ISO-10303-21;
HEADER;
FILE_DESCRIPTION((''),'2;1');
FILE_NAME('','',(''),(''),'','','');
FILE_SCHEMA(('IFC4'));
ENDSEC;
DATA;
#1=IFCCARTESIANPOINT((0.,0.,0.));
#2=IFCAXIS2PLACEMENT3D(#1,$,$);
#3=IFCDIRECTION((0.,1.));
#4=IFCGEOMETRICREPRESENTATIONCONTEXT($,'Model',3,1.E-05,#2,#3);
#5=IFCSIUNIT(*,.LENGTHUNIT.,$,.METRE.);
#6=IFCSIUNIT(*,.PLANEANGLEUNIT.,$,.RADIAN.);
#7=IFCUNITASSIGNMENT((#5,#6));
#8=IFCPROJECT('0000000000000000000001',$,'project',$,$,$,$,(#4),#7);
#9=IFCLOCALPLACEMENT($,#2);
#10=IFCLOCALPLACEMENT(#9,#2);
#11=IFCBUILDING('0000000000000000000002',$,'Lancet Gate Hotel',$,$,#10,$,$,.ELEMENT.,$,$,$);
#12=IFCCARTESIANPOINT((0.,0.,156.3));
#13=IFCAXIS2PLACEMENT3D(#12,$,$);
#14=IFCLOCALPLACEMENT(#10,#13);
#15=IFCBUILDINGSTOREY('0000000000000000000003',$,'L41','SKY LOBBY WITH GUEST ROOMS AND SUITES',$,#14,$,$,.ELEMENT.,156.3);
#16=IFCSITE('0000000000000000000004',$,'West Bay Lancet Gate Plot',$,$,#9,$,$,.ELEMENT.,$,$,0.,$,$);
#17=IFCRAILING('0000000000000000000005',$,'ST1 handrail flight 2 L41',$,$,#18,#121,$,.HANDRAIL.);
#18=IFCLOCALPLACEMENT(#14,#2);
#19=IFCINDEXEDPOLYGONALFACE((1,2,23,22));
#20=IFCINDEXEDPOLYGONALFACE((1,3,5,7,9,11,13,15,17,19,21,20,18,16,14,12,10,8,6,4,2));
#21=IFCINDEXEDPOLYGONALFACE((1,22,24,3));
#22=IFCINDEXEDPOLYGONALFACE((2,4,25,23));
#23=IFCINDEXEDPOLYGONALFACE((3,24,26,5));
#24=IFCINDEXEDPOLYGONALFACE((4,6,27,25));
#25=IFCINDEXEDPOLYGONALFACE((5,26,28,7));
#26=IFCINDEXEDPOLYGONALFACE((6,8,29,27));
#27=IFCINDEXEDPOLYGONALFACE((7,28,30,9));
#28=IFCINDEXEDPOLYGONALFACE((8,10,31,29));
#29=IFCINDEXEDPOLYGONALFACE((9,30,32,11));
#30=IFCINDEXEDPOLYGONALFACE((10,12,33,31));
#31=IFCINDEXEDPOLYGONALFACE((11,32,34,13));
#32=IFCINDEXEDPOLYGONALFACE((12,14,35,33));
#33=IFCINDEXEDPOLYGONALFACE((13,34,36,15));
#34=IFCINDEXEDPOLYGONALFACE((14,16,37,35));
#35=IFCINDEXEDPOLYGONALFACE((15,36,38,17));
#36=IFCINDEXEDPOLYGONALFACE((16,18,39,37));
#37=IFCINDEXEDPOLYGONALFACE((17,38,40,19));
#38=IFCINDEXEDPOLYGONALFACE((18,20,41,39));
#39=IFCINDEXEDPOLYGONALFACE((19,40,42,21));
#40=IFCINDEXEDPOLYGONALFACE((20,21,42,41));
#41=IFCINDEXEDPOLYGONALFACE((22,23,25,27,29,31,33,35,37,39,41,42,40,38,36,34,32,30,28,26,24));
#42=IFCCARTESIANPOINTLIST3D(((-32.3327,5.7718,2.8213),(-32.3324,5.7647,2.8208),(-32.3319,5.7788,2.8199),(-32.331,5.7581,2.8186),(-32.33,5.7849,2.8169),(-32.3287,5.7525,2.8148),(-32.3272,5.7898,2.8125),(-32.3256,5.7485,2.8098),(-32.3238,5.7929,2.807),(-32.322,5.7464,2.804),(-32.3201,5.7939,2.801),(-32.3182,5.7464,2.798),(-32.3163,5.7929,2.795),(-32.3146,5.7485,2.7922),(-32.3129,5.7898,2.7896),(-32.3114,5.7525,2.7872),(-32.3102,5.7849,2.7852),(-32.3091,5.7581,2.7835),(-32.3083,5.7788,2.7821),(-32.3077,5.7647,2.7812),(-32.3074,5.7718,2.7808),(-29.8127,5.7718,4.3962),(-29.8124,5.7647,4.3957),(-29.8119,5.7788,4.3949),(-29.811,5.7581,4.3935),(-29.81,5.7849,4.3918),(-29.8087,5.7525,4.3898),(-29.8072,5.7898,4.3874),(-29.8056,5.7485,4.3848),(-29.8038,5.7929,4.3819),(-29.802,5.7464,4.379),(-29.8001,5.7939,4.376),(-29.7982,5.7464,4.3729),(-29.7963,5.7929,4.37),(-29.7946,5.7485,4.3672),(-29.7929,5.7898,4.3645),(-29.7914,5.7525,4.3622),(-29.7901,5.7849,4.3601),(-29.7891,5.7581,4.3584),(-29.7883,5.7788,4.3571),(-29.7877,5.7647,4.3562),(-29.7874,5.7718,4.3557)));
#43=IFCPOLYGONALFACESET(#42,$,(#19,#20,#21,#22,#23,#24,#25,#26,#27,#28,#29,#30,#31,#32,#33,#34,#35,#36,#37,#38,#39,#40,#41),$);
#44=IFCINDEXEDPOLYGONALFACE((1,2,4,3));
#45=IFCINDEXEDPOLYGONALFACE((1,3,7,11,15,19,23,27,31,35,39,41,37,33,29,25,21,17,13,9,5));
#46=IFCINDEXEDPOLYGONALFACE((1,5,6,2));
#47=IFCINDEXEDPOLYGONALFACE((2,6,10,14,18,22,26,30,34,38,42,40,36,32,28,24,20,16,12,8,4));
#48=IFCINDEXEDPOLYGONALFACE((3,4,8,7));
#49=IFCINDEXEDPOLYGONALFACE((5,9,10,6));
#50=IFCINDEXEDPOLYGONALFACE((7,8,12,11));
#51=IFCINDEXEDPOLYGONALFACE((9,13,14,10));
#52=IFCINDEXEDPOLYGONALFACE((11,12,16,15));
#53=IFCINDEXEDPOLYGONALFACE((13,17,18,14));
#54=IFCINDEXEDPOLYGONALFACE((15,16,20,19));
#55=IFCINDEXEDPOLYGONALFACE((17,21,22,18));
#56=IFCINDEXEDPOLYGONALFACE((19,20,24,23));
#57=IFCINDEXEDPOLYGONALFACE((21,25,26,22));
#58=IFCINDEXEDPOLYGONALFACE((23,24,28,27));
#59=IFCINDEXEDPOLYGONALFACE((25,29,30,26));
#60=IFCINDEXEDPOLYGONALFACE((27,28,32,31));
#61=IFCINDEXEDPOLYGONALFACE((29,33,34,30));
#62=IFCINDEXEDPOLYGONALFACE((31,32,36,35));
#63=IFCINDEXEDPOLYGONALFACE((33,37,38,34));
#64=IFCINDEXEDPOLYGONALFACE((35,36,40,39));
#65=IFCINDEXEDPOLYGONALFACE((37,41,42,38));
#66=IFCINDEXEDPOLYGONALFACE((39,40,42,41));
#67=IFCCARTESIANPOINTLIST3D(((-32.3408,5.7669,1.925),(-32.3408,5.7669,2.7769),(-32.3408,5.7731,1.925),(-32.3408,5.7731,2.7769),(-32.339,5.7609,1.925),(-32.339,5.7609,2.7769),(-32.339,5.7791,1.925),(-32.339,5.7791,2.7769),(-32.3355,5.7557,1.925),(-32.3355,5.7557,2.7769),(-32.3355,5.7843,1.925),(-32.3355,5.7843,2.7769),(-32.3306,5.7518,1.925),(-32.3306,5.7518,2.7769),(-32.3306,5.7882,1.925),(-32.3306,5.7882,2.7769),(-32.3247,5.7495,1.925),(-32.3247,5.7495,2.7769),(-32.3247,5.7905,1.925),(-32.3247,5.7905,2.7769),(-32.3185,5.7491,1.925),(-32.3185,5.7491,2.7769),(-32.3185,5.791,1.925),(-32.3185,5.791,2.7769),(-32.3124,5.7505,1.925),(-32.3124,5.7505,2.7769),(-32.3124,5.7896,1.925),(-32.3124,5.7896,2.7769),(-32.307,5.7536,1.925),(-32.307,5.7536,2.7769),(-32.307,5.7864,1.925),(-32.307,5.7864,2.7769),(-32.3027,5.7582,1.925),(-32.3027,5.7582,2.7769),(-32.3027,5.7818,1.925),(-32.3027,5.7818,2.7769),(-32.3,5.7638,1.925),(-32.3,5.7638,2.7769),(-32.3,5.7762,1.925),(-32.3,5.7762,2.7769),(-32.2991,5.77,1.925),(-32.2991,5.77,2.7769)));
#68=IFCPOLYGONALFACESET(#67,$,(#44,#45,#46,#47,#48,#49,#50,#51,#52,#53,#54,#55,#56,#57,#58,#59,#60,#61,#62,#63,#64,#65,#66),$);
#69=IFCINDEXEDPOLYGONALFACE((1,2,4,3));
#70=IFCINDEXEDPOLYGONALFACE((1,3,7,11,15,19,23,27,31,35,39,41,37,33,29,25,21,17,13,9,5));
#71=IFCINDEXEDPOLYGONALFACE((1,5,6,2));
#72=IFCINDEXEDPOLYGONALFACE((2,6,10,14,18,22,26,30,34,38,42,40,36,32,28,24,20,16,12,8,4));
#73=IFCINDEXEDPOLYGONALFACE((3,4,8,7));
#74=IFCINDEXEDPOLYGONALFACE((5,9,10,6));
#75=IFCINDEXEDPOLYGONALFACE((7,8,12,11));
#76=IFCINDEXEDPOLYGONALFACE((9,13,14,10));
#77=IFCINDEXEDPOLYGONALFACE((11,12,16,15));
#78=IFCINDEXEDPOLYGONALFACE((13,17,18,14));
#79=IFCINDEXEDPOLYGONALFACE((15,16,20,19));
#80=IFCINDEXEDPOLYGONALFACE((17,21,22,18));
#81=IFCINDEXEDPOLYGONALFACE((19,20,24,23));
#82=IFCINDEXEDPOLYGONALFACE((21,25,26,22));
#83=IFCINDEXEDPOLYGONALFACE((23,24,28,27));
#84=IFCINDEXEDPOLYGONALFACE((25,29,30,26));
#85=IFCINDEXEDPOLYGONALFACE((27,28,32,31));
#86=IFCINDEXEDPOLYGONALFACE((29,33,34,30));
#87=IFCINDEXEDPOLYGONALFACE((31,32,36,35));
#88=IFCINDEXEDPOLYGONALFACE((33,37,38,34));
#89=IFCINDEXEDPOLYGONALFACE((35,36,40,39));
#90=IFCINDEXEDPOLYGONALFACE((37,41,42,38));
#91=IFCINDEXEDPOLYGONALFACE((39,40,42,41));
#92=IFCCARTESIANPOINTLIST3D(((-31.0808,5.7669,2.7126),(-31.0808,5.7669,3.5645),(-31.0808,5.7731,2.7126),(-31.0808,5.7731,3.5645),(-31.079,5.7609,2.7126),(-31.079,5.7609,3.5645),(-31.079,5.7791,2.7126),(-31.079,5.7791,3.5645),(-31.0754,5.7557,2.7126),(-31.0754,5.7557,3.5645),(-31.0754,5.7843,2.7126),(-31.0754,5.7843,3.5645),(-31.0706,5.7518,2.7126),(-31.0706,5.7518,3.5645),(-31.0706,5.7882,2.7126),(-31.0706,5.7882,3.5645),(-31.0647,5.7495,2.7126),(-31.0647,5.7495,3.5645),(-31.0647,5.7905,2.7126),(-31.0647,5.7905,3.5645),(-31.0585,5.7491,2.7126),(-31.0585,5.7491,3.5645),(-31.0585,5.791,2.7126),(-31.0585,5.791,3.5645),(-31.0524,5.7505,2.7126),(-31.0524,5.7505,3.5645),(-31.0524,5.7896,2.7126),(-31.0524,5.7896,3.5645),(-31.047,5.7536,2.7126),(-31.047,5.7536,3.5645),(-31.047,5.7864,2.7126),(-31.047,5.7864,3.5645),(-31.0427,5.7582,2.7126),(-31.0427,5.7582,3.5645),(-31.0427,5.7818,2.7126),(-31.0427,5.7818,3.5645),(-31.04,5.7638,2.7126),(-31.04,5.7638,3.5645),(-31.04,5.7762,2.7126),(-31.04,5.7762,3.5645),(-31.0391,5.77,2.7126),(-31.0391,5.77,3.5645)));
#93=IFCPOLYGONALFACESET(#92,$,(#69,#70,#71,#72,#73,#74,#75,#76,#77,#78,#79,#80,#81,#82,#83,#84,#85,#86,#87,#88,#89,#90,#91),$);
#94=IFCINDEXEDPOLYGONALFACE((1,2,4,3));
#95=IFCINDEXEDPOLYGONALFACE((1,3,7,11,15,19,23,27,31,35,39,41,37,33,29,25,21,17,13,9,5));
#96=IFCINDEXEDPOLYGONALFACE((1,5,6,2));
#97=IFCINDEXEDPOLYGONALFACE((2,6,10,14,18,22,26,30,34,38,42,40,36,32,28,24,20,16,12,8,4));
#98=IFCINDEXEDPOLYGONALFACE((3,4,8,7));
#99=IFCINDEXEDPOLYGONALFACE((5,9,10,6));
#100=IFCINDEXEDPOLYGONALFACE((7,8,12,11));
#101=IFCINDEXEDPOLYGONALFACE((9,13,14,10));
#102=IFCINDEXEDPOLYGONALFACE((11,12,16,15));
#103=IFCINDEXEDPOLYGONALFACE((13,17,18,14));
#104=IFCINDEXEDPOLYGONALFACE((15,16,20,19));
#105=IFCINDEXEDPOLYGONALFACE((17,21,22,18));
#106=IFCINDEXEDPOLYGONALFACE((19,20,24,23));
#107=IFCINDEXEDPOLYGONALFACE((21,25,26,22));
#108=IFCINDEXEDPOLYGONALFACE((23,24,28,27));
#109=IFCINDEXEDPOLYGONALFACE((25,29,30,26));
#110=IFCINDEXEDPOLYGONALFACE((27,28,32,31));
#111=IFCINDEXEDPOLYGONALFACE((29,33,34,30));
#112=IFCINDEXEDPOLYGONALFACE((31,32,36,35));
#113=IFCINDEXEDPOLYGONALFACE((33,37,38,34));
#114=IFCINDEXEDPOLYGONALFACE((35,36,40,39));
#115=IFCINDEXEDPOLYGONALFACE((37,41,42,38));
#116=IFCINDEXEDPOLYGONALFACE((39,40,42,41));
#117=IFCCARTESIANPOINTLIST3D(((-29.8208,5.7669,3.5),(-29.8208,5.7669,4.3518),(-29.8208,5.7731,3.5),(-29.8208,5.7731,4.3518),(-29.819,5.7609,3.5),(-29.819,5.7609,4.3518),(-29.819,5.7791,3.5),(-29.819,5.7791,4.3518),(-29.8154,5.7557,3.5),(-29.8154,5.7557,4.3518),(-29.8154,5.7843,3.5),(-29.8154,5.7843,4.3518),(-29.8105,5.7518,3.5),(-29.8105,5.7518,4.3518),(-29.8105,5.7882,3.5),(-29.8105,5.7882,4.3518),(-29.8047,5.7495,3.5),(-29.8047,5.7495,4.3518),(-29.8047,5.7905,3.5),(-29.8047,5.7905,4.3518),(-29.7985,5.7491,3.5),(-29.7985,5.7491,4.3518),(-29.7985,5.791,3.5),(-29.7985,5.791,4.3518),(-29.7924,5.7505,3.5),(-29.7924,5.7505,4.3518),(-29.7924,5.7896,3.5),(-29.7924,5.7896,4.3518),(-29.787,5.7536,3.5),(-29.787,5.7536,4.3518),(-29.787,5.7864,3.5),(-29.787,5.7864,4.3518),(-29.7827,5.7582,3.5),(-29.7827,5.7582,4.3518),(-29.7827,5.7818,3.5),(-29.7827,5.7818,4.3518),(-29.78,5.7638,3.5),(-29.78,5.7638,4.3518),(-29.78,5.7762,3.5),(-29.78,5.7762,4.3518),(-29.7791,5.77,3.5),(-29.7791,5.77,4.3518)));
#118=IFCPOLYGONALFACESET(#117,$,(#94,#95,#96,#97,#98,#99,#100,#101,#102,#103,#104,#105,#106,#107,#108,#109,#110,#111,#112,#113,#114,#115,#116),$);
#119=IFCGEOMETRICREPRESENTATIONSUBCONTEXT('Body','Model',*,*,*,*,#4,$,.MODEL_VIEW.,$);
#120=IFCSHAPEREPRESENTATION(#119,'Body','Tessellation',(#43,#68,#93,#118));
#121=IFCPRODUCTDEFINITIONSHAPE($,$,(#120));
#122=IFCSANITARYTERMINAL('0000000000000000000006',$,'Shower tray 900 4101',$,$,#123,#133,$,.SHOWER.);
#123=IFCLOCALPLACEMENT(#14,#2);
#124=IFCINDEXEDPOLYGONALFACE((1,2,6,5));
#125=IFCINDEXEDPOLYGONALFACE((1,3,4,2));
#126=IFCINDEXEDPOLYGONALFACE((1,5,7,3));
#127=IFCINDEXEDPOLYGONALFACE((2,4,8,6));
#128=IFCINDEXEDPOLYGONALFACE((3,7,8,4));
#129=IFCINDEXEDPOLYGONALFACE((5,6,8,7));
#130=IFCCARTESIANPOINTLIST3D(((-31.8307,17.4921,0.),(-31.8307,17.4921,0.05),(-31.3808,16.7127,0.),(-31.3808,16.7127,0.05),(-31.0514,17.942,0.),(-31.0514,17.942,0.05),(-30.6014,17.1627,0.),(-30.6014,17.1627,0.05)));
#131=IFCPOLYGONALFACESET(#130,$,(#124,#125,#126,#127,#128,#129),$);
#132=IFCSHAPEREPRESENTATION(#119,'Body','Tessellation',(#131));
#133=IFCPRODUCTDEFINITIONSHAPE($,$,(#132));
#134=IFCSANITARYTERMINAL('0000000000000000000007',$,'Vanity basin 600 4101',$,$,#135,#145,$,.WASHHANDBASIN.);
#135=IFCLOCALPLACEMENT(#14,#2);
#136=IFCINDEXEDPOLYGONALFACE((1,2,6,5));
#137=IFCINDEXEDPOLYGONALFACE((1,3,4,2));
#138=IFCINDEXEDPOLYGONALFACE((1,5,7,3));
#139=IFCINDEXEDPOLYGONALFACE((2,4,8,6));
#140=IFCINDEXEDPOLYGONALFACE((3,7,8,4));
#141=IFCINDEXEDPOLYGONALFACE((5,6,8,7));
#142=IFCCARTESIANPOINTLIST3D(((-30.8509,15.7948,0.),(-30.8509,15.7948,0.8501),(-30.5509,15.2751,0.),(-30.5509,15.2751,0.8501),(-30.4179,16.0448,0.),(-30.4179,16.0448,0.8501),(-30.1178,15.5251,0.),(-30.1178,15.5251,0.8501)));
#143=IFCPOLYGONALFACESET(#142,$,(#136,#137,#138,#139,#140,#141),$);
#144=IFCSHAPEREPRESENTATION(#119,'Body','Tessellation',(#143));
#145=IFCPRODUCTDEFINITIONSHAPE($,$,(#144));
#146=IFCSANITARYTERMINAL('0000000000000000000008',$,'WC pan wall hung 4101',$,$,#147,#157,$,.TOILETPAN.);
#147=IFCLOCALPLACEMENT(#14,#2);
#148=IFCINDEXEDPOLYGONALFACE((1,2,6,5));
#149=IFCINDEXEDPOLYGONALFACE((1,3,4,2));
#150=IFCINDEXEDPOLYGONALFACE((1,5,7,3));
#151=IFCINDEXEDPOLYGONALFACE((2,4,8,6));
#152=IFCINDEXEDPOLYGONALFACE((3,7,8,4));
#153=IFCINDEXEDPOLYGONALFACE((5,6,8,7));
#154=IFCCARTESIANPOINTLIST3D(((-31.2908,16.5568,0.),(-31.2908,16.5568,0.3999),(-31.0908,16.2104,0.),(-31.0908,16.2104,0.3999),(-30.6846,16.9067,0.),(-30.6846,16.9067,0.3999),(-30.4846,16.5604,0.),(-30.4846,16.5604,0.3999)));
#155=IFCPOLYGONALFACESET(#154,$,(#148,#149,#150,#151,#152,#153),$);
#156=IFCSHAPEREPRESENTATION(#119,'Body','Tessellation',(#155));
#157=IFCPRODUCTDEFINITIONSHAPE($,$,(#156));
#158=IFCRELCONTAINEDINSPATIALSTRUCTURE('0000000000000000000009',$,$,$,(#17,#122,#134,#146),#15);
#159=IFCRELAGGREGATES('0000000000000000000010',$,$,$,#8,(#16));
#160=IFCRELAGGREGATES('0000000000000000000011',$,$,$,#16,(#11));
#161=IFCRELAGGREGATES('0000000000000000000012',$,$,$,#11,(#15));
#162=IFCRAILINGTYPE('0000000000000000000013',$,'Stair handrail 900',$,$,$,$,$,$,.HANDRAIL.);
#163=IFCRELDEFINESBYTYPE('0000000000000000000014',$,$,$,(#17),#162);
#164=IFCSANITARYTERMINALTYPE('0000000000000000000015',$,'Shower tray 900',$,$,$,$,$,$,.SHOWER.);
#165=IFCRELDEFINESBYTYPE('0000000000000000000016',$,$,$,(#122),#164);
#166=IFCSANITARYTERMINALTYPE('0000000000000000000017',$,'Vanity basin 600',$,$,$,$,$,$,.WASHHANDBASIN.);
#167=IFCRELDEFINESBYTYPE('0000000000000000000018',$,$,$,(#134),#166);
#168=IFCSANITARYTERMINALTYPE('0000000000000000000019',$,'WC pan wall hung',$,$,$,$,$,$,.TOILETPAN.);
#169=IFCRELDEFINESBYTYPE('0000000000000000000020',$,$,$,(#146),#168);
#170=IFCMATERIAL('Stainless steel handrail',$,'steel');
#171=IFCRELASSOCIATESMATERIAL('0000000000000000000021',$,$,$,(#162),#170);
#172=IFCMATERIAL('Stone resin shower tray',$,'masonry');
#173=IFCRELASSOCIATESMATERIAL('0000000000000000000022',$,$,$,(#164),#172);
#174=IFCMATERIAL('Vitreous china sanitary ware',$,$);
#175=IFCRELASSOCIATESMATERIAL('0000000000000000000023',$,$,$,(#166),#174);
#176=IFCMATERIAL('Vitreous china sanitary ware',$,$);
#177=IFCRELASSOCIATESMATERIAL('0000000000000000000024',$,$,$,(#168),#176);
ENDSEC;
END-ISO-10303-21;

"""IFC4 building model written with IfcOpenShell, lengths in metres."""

from ifc_helpers import new_model, si_unit, direction, frame, origin, origin_2d, place, context, subcontext, project, spatial, rectangle, circle, extrude, material, type_object, element, save


model = new_model("IFC4")

# Units and contexts
model_context = context("Model", 3, precision=1e-05, world=origin(), true_north=direction((0.0, 1.0)))
body_context = subcontext(model_context, "Body", "Model", "MODEL_VIEW")
ifc_project = project(units=[si_unit("LENGTHUNIT", "METRE"), si_unit("PLANEANGLEUNIT", "RADIAN")], contexts=[model_context])

# Site, building, storey
site_placement = place(None, origin())
site = spatial("IfcSite", under=ifc_project, at=site_placement, Name="West Bay Lancet Gate Plot", CompositionType="ELEMENT", RefElevation=0.0)
building_placement = place(site_placement, origin())
building = spatial("IfcBuilding", under=site, at=building_placement, Name="Lancet Gate Hotel", CompositionType="ELEMENT")
storey_placement = place(building_placement, frame((0.0, 0.0, 156.3)))
storey = spatial("IfcBuildingStorey", under=building, at=storey_placement, Name="L41", Description="SKY LOBBY WITH GUEST ROOMS AND SUITES", CompositionType="ELEMENT", Elevation=156.3)

# Railing
ifc_material_1 = material(Name="Stainless steel handrail", Category="steel")
railing_type = type_object("IfcRailingType", Name="Stair handrail 900", PredefinedType="HANDRAIL", material=ifc_material_1)
railing_1_placement = place(storey_placement, frame((-32.3201, 5.77, 1.925)))
element("IfcRailing", 1, at=railing_1_placement, inside=storey, type_object=railing_type, Name="ST1 handrail flight 2 L41", PredefinedType="HANDRAIL", context=body_context, shape_type="SweptSolid", body=[
    extrude(circle(Radius=0.0239, at=origin_2d()), frame((0.0, 0.0, 0.876), z_axis=(0.848008, 0.0, 0.529984), x_axis=(0.0, 1.0, 0.0)), (0.0, 0.0, 1.0), 2.9717),
    extrude(circle(Radius=0.021, at=origin_2d()), origin(), (0.0, 0.0, 1.0), 0.8518),
    extrude(circle(Radius=0.021, at=origin_2d()), frame((1.26, 0.0, 0.7876)), (0.0, 0.0, 1.0), 0.8518),
    extrude(circle(Radius=0.021, at=origin_2d()), frame((2.52, 0.0, 1.575)), (0.0, 0.0, 1.0), 0.8518),
])

# Sanitary terminals
ifc_material_2 = material(Name="Stone resin shower tray", Category="masonry")
sanitary_terminal_type_1 = type_object("IfcSanitaryTerminalType", Name="Shower tray 900", PredefinedType="SHOWER", material=ifc_material_2)
sanitary_terminal_1_placement = place(storey_placement, frame((-31.2161, 17.3274, 0.0), z_axis=(0.0, 0.0, 1.0), x_axis=(-0.5, 0.866025, 0.0)))
element("IfcSanitaryTerminal", 2, at=sanitary_terminal_1_placement, inside=storey, type_object=sanitary_terminal_type_1, Name="Shower tray 900 4101", PredefinedType="SHOWER", context=body_context, shape_type="SweptSolid", body=[
    extrude(rectangle(XDim=0.8999, YDim=0.8999, at=origin_2d()), origin(), (0.0, 0.0, 1.0), 0.05),
])
ifc_material_3 = material(Name="Vitreous china sanitary ware")
sanitary_terminal_type_2 = type_object("IfcSanitaryTerminalType", Name="Vanity basin 600", PredefinedType="WASHHANDBASIN", material=ifc_material_3)
sanitary_terminal_2_placement = place(storey_placement, frame((-30.4844, 15.6599, 0.0), z_axis=(0.0, 0.0, 1.0), x_axis=(-0.5, 0.866025, 0.0)))
element("IfcSanitaryTerminal", 3, at=sanitary_terminal_2_placement, inside=storey, type_object=sanitary_terminal_type_2, Name="Vanity basin 600 4101", PredefinedType="WASHHANDBASIN", context=body_context, shape_type="SweptSolid", body=[
    extrude(rectangle(XDim=0.6001, YDim=0.5, at=origin_2d()), origin(), (0.0, 0.0, 1.0), 0.8501),
])
ifc_material_4 = material(Name="Vitreous china sanitary ware")
sanitary_terminal_type_3 = type_object("IfcSanitaryTerminalType", Name="WC pan wall hung", PredefinedType="TOILETPAN", material=ifc_material_4)
sanitary_terminal_3_placement = place(storey_placement, frame((-30.8877, 16.5586, 0.0), z_axis=(0.0, 0.0, 1.0), x_axis=(-0.5, 0.866025, 0.0)))
element("IfcSanitaryTerminal", 4, at=sanitary_terminal_3_placement, inside=storey, type_object=sanitary_terminal_type_3, Name="WC pan wall hung 4101", PredefinedType="TOILETPAN", context=body_context, shape_type="SweptSolid", body=[
    extrude(rectangle(XDim=0.3999, YDim=0.7, at=origin_2d()), origin(), (0.0, 0.0, 1.0), 0.3999),
])

save(model, "model.ifc")
